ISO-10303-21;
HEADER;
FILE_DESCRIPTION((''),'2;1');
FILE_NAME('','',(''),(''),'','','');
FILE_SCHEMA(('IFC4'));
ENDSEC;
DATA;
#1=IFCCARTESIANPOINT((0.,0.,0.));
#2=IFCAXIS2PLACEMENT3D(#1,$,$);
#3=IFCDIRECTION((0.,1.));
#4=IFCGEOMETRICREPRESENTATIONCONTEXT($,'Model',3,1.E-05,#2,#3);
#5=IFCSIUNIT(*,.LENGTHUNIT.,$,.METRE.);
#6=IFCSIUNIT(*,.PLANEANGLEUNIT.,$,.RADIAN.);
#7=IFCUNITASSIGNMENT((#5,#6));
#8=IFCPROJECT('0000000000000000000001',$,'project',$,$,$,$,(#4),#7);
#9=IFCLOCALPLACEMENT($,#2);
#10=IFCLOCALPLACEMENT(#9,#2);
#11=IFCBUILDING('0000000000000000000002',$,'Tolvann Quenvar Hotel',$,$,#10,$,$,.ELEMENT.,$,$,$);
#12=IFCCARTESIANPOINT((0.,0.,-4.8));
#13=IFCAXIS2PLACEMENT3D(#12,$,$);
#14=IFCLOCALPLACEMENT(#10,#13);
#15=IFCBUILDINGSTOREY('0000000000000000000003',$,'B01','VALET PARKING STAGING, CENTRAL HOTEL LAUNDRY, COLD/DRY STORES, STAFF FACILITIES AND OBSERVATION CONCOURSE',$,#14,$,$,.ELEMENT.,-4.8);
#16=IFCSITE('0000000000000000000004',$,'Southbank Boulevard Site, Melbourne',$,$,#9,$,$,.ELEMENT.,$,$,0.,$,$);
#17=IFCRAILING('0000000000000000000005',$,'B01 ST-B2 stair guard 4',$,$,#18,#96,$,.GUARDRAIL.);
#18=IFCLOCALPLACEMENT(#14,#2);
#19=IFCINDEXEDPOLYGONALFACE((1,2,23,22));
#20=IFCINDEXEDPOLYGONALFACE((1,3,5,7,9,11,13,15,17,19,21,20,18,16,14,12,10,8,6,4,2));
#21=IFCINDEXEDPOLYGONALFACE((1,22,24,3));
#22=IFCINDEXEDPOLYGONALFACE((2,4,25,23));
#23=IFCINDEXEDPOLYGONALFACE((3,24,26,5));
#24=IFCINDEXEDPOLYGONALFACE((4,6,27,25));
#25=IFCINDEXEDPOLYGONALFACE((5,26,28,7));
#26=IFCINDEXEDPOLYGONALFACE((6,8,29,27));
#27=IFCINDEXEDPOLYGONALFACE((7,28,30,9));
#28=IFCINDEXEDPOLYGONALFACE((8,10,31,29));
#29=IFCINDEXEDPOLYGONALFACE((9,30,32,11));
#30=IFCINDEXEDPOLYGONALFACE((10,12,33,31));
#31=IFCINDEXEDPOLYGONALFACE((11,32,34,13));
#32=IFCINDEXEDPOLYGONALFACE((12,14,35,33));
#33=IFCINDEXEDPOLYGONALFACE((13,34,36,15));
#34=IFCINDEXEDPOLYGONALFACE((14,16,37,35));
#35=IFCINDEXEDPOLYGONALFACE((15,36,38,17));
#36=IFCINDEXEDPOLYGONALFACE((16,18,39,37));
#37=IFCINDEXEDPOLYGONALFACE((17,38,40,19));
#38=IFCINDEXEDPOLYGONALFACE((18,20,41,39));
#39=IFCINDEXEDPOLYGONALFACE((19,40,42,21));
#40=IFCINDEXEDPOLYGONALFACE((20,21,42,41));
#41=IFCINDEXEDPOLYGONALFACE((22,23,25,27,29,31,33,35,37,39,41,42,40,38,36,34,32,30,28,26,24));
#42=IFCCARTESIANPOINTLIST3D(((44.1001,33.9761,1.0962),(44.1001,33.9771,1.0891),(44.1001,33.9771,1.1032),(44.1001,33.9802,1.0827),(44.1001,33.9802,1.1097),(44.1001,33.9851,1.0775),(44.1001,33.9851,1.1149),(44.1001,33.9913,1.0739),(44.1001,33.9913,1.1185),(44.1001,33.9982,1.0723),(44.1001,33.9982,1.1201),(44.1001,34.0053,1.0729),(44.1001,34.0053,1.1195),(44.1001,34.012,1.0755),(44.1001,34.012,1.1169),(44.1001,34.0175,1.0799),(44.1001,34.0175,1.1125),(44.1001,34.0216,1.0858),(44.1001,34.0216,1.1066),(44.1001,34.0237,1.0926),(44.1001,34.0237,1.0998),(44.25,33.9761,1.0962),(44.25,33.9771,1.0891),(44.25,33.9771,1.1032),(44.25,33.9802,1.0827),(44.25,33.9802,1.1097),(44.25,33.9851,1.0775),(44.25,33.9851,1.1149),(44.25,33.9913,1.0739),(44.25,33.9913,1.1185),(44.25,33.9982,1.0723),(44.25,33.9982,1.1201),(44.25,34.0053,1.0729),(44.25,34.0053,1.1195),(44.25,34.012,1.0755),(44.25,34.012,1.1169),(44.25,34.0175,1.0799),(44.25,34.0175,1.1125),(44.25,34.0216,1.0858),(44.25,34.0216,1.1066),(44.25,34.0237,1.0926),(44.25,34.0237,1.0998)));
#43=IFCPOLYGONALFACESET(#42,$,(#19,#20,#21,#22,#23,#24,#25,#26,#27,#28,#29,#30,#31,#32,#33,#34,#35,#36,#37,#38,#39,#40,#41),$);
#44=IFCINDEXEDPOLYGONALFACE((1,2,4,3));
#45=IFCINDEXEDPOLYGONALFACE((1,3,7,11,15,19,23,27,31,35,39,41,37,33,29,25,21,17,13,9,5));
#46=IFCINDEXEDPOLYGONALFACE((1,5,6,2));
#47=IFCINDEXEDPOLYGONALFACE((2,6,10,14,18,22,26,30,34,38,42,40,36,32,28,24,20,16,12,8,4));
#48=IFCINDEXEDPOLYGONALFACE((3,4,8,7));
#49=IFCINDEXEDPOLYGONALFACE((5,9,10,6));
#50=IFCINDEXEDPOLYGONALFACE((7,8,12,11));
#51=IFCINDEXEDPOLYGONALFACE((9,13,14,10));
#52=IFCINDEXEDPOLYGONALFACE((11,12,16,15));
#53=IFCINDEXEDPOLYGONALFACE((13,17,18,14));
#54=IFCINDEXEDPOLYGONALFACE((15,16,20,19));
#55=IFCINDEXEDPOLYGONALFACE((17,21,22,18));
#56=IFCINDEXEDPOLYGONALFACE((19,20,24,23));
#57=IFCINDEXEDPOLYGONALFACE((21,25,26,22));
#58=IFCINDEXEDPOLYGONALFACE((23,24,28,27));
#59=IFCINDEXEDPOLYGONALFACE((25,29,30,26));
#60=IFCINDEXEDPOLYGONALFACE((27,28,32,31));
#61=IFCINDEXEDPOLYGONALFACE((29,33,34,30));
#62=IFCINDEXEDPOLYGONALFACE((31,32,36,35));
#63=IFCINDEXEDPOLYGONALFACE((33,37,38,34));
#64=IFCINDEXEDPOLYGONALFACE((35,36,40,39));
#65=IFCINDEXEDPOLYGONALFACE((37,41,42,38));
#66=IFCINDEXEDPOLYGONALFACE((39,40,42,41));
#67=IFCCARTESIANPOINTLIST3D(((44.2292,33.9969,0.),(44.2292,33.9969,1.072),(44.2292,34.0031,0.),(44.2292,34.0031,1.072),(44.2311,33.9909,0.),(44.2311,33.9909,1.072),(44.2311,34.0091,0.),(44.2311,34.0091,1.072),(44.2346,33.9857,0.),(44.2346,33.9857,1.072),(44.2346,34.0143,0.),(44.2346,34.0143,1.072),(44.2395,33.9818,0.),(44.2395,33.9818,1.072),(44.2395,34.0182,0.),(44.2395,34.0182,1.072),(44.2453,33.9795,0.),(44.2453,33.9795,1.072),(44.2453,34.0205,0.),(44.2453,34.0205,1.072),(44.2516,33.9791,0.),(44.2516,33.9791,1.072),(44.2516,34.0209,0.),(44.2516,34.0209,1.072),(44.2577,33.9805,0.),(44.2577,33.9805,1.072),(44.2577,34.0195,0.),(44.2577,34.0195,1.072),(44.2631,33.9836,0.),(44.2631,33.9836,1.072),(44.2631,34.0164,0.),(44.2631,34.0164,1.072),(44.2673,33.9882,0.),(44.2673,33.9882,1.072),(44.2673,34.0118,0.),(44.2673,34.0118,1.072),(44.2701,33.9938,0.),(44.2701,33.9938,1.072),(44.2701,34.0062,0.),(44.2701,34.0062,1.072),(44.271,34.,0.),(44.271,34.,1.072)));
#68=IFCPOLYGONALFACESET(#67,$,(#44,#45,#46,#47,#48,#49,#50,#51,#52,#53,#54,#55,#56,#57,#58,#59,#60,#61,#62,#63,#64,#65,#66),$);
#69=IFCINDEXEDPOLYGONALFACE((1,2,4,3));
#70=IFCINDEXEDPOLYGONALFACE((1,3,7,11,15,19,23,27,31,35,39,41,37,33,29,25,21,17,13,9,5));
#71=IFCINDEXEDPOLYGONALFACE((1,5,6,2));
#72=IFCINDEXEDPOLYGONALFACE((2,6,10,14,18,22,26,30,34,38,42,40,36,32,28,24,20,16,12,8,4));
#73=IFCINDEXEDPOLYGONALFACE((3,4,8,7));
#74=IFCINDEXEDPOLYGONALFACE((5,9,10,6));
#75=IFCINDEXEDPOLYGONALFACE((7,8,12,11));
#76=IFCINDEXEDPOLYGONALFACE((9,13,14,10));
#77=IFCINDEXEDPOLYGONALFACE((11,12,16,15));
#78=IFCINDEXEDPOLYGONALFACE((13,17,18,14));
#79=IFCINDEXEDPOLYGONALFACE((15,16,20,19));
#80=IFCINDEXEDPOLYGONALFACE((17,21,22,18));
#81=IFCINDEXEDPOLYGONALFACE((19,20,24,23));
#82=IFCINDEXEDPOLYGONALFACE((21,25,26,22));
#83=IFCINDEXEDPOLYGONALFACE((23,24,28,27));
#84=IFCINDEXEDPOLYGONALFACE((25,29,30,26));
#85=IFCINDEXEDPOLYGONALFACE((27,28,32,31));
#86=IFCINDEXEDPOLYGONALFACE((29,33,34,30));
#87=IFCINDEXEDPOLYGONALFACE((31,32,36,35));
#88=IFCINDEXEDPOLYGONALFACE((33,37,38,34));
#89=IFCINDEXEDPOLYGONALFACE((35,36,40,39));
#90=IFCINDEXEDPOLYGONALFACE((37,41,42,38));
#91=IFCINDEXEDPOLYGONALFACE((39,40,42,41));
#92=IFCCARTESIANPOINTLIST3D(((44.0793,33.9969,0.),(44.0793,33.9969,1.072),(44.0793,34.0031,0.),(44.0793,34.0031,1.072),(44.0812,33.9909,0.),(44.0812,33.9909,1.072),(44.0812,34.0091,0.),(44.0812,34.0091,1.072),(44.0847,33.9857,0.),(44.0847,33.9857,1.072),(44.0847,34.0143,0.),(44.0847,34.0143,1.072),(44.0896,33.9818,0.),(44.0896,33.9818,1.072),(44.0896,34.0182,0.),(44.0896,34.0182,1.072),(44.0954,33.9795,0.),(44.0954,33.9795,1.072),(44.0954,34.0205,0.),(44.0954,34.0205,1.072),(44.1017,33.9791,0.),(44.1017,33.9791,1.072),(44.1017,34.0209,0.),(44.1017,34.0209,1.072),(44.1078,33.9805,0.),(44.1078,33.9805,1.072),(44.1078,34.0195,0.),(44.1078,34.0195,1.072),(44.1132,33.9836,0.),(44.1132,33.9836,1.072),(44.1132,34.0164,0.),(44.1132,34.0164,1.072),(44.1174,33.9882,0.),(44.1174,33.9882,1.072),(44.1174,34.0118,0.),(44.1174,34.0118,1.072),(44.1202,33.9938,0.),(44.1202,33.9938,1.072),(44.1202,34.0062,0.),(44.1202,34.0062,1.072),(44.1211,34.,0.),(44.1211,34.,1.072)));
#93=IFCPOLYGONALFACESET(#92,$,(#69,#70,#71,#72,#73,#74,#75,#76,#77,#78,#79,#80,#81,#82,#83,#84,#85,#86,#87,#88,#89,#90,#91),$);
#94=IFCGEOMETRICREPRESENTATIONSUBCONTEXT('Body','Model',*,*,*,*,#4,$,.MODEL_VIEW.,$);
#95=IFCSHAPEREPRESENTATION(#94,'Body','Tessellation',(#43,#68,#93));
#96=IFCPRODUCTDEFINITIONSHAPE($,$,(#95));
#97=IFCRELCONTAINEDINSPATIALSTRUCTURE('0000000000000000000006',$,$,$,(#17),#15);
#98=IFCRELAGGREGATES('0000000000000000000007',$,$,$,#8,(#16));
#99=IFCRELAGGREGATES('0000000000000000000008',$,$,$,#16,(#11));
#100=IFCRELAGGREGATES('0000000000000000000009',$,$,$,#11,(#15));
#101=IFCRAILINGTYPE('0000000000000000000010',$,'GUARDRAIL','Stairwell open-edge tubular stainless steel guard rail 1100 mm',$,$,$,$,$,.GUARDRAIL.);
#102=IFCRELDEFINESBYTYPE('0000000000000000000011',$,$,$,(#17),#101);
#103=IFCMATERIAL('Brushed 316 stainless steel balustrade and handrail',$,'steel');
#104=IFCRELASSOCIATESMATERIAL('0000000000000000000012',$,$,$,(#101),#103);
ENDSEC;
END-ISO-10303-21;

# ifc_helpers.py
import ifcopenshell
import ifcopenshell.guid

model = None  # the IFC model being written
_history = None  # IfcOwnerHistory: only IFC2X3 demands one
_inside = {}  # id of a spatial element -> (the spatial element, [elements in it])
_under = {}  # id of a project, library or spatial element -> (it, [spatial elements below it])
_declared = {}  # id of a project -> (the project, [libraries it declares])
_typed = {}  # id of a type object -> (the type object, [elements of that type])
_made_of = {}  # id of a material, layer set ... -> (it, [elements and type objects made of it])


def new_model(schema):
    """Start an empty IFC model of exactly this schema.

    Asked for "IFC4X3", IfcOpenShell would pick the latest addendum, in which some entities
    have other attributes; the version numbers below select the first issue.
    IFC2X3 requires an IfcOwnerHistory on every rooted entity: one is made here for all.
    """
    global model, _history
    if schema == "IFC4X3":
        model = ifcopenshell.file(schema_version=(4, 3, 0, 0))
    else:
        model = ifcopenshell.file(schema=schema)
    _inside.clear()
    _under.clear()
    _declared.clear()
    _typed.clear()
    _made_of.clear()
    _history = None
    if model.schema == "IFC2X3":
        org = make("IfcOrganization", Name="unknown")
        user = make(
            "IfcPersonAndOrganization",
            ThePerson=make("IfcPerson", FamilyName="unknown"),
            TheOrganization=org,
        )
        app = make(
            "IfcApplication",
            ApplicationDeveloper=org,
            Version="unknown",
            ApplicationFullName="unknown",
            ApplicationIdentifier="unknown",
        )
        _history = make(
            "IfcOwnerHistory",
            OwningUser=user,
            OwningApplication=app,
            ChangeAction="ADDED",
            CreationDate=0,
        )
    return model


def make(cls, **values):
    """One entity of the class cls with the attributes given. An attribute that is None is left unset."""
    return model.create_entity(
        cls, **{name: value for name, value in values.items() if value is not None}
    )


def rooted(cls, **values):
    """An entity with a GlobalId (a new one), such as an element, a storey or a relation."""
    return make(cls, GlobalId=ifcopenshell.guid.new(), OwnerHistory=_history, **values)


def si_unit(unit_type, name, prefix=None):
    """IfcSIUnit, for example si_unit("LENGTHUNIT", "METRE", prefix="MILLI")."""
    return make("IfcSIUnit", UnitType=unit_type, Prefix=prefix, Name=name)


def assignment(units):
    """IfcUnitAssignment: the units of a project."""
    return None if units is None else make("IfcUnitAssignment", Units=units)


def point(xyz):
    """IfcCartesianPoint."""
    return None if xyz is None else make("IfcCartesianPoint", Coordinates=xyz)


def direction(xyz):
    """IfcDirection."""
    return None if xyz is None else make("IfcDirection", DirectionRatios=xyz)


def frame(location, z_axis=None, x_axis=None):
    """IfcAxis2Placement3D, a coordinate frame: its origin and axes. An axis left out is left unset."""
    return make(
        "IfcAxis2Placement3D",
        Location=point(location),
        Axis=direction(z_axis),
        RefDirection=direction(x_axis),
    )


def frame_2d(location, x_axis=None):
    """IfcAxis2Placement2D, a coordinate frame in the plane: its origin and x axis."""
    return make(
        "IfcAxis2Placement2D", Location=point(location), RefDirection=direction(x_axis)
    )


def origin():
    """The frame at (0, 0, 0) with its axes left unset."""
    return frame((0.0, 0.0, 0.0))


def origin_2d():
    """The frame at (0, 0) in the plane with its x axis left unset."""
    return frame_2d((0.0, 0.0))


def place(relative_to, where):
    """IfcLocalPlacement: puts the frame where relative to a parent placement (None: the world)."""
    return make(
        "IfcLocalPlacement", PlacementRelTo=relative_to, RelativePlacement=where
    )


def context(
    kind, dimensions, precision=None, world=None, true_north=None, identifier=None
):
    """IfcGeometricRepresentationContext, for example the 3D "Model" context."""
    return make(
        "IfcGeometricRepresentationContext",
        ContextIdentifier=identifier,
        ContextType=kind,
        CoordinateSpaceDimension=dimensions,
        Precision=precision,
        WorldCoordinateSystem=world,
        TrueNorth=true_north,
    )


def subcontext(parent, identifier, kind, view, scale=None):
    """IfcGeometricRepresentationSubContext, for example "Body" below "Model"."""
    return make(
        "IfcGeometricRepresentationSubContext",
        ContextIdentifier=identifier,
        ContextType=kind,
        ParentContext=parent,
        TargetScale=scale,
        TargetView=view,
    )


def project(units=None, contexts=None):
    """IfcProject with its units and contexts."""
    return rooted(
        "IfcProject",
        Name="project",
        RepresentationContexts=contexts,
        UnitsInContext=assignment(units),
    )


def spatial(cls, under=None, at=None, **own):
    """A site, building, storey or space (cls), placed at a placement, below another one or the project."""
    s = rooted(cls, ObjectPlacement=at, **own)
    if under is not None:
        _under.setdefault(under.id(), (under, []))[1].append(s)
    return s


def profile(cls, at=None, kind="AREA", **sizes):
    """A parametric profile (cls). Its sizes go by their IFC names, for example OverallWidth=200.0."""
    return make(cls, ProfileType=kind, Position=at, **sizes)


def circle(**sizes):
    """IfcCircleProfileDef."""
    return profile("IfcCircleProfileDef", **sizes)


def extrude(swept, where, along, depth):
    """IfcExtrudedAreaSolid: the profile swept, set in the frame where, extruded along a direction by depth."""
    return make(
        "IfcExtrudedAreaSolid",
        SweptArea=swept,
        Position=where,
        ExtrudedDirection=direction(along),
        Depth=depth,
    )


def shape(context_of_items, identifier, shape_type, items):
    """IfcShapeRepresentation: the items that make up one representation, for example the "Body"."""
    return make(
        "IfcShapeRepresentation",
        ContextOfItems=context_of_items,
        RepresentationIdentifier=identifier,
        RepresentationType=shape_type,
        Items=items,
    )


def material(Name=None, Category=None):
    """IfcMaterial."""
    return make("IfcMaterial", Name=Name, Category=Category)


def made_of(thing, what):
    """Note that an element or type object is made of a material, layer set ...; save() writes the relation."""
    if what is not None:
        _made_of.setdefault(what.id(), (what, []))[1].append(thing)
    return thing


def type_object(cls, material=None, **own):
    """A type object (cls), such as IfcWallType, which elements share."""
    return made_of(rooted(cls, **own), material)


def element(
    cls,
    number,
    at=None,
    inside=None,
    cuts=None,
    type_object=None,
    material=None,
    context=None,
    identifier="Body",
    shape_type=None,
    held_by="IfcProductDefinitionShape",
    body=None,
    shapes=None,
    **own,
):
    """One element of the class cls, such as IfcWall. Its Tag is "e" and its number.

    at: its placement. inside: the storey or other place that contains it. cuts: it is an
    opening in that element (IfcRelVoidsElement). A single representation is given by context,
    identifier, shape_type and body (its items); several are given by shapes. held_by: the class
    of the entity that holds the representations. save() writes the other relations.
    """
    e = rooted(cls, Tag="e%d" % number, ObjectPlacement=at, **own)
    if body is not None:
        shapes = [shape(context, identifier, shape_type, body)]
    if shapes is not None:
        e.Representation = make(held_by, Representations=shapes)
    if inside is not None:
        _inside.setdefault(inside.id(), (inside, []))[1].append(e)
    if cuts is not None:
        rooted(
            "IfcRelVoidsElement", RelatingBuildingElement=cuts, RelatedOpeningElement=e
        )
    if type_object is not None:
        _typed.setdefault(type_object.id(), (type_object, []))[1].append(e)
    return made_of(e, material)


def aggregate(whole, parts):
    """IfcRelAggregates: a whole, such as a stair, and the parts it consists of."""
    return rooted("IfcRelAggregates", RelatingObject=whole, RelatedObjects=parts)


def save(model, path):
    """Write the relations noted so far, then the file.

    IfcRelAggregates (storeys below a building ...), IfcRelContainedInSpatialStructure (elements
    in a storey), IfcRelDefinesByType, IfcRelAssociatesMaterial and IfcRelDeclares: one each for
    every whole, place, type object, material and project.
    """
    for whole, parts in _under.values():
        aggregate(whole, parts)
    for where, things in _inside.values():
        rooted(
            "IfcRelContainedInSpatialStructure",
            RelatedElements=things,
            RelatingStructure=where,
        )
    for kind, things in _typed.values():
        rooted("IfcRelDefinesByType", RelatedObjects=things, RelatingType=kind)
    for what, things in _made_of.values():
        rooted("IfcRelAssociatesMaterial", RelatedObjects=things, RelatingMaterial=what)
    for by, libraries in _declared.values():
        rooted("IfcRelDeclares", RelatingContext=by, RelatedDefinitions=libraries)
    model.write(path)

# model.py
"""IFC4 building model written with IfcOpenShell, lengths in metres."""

from ifc_helpers import new_model, si_unit, direction, frame, origin, origin_2d, place, context, subcontext, project, spatial, circle, extrude, material, type_object, element, save


model = new_model("IFC4")

# Units and contexts
model_context = context("Model", 3, precision=1e-05, world=origin(), true_north=direction((0.0, 1.0)))
body_context = subcontext(model_context, "Body", "Model", "MODEL_VIEW")
ifc_project = project(units=[si_unit("LENGTHUNIT", "METRE"), si_unit("PLANEANGLEUNIT", "RADIAN")], contexts=[model_context])

# Site, building, storey
site_placement = place(None, origin())
site = spatial("IfcSite", under=ifc_project, at=site_placement, Name="Southbank Boulevard Site, Melbourne", CompositionType="ELEMENT", RefElevation=0.0)
building_placement = place(site_placement, origin())
building = spatial("IfcBuilding", under=site, at=building_placement, Name="Tolvann Quenvar Hotel", CompositionType="ELEMENT")
storey_placement = place(building_placement, frame((0.0, 0.0, -4.8)))
storey = spatial("IfcBuildingStorey", under=building, at=storey_placement, Name="B01", Description="VALET PARKING STAGING, CENTRAL HOTEL LAUNDRY, COLD/DRY STORES, STAFF FACILITIES AND OBSERVATION CONCOURSE", CompositionType="ELEMENT", Elevation=-4.8)

# Railing
ifc_material_1 = material(Name="Brushed 316 stainless steel balustrade and handrail", Category="steel")
railing_type_1 = type_object("IfcRailingType", Name="GUARDRAIL", Description="Stairwell open-edge tubular stainless steel guard rail 1100 mm", PredefinedType="GUARDRAIL", material=ifc_material_1)
railing_1_placement = place(storey_placement, frame((44.25, 34.0, 0.0)))
element("IfcRailing", 1, at=railing_1_placement, inside=storey, type_object=railing_type_1, Name="B01 ST-B2 stair guard 4", PredefinedType="GUARDRAIL", context=body_context, shape_type="SweptSolid", body=[
    extrude(circle(Radius=0.0239, at=origin_2d()), frame((0.0, 0.0, 1.0962), z_axis=(-1.0, 0.0, 0.0), x_axis=(0.0, -1.0, 0.0)), (0.0, 0.0, 1.0), 0.1499),
    extrude(circle(Radius=0.021, at=origin_2d()), origin(), (0.0, 0.0, 1.0), 1.072),
    extrude(circle(Radius=0.021, at=origin_2d()), frame((-0.1499, 0.0, 0.0)), (0.0, 0.0, 1.0), 1.072),
])

save(model, "model.ifc")
